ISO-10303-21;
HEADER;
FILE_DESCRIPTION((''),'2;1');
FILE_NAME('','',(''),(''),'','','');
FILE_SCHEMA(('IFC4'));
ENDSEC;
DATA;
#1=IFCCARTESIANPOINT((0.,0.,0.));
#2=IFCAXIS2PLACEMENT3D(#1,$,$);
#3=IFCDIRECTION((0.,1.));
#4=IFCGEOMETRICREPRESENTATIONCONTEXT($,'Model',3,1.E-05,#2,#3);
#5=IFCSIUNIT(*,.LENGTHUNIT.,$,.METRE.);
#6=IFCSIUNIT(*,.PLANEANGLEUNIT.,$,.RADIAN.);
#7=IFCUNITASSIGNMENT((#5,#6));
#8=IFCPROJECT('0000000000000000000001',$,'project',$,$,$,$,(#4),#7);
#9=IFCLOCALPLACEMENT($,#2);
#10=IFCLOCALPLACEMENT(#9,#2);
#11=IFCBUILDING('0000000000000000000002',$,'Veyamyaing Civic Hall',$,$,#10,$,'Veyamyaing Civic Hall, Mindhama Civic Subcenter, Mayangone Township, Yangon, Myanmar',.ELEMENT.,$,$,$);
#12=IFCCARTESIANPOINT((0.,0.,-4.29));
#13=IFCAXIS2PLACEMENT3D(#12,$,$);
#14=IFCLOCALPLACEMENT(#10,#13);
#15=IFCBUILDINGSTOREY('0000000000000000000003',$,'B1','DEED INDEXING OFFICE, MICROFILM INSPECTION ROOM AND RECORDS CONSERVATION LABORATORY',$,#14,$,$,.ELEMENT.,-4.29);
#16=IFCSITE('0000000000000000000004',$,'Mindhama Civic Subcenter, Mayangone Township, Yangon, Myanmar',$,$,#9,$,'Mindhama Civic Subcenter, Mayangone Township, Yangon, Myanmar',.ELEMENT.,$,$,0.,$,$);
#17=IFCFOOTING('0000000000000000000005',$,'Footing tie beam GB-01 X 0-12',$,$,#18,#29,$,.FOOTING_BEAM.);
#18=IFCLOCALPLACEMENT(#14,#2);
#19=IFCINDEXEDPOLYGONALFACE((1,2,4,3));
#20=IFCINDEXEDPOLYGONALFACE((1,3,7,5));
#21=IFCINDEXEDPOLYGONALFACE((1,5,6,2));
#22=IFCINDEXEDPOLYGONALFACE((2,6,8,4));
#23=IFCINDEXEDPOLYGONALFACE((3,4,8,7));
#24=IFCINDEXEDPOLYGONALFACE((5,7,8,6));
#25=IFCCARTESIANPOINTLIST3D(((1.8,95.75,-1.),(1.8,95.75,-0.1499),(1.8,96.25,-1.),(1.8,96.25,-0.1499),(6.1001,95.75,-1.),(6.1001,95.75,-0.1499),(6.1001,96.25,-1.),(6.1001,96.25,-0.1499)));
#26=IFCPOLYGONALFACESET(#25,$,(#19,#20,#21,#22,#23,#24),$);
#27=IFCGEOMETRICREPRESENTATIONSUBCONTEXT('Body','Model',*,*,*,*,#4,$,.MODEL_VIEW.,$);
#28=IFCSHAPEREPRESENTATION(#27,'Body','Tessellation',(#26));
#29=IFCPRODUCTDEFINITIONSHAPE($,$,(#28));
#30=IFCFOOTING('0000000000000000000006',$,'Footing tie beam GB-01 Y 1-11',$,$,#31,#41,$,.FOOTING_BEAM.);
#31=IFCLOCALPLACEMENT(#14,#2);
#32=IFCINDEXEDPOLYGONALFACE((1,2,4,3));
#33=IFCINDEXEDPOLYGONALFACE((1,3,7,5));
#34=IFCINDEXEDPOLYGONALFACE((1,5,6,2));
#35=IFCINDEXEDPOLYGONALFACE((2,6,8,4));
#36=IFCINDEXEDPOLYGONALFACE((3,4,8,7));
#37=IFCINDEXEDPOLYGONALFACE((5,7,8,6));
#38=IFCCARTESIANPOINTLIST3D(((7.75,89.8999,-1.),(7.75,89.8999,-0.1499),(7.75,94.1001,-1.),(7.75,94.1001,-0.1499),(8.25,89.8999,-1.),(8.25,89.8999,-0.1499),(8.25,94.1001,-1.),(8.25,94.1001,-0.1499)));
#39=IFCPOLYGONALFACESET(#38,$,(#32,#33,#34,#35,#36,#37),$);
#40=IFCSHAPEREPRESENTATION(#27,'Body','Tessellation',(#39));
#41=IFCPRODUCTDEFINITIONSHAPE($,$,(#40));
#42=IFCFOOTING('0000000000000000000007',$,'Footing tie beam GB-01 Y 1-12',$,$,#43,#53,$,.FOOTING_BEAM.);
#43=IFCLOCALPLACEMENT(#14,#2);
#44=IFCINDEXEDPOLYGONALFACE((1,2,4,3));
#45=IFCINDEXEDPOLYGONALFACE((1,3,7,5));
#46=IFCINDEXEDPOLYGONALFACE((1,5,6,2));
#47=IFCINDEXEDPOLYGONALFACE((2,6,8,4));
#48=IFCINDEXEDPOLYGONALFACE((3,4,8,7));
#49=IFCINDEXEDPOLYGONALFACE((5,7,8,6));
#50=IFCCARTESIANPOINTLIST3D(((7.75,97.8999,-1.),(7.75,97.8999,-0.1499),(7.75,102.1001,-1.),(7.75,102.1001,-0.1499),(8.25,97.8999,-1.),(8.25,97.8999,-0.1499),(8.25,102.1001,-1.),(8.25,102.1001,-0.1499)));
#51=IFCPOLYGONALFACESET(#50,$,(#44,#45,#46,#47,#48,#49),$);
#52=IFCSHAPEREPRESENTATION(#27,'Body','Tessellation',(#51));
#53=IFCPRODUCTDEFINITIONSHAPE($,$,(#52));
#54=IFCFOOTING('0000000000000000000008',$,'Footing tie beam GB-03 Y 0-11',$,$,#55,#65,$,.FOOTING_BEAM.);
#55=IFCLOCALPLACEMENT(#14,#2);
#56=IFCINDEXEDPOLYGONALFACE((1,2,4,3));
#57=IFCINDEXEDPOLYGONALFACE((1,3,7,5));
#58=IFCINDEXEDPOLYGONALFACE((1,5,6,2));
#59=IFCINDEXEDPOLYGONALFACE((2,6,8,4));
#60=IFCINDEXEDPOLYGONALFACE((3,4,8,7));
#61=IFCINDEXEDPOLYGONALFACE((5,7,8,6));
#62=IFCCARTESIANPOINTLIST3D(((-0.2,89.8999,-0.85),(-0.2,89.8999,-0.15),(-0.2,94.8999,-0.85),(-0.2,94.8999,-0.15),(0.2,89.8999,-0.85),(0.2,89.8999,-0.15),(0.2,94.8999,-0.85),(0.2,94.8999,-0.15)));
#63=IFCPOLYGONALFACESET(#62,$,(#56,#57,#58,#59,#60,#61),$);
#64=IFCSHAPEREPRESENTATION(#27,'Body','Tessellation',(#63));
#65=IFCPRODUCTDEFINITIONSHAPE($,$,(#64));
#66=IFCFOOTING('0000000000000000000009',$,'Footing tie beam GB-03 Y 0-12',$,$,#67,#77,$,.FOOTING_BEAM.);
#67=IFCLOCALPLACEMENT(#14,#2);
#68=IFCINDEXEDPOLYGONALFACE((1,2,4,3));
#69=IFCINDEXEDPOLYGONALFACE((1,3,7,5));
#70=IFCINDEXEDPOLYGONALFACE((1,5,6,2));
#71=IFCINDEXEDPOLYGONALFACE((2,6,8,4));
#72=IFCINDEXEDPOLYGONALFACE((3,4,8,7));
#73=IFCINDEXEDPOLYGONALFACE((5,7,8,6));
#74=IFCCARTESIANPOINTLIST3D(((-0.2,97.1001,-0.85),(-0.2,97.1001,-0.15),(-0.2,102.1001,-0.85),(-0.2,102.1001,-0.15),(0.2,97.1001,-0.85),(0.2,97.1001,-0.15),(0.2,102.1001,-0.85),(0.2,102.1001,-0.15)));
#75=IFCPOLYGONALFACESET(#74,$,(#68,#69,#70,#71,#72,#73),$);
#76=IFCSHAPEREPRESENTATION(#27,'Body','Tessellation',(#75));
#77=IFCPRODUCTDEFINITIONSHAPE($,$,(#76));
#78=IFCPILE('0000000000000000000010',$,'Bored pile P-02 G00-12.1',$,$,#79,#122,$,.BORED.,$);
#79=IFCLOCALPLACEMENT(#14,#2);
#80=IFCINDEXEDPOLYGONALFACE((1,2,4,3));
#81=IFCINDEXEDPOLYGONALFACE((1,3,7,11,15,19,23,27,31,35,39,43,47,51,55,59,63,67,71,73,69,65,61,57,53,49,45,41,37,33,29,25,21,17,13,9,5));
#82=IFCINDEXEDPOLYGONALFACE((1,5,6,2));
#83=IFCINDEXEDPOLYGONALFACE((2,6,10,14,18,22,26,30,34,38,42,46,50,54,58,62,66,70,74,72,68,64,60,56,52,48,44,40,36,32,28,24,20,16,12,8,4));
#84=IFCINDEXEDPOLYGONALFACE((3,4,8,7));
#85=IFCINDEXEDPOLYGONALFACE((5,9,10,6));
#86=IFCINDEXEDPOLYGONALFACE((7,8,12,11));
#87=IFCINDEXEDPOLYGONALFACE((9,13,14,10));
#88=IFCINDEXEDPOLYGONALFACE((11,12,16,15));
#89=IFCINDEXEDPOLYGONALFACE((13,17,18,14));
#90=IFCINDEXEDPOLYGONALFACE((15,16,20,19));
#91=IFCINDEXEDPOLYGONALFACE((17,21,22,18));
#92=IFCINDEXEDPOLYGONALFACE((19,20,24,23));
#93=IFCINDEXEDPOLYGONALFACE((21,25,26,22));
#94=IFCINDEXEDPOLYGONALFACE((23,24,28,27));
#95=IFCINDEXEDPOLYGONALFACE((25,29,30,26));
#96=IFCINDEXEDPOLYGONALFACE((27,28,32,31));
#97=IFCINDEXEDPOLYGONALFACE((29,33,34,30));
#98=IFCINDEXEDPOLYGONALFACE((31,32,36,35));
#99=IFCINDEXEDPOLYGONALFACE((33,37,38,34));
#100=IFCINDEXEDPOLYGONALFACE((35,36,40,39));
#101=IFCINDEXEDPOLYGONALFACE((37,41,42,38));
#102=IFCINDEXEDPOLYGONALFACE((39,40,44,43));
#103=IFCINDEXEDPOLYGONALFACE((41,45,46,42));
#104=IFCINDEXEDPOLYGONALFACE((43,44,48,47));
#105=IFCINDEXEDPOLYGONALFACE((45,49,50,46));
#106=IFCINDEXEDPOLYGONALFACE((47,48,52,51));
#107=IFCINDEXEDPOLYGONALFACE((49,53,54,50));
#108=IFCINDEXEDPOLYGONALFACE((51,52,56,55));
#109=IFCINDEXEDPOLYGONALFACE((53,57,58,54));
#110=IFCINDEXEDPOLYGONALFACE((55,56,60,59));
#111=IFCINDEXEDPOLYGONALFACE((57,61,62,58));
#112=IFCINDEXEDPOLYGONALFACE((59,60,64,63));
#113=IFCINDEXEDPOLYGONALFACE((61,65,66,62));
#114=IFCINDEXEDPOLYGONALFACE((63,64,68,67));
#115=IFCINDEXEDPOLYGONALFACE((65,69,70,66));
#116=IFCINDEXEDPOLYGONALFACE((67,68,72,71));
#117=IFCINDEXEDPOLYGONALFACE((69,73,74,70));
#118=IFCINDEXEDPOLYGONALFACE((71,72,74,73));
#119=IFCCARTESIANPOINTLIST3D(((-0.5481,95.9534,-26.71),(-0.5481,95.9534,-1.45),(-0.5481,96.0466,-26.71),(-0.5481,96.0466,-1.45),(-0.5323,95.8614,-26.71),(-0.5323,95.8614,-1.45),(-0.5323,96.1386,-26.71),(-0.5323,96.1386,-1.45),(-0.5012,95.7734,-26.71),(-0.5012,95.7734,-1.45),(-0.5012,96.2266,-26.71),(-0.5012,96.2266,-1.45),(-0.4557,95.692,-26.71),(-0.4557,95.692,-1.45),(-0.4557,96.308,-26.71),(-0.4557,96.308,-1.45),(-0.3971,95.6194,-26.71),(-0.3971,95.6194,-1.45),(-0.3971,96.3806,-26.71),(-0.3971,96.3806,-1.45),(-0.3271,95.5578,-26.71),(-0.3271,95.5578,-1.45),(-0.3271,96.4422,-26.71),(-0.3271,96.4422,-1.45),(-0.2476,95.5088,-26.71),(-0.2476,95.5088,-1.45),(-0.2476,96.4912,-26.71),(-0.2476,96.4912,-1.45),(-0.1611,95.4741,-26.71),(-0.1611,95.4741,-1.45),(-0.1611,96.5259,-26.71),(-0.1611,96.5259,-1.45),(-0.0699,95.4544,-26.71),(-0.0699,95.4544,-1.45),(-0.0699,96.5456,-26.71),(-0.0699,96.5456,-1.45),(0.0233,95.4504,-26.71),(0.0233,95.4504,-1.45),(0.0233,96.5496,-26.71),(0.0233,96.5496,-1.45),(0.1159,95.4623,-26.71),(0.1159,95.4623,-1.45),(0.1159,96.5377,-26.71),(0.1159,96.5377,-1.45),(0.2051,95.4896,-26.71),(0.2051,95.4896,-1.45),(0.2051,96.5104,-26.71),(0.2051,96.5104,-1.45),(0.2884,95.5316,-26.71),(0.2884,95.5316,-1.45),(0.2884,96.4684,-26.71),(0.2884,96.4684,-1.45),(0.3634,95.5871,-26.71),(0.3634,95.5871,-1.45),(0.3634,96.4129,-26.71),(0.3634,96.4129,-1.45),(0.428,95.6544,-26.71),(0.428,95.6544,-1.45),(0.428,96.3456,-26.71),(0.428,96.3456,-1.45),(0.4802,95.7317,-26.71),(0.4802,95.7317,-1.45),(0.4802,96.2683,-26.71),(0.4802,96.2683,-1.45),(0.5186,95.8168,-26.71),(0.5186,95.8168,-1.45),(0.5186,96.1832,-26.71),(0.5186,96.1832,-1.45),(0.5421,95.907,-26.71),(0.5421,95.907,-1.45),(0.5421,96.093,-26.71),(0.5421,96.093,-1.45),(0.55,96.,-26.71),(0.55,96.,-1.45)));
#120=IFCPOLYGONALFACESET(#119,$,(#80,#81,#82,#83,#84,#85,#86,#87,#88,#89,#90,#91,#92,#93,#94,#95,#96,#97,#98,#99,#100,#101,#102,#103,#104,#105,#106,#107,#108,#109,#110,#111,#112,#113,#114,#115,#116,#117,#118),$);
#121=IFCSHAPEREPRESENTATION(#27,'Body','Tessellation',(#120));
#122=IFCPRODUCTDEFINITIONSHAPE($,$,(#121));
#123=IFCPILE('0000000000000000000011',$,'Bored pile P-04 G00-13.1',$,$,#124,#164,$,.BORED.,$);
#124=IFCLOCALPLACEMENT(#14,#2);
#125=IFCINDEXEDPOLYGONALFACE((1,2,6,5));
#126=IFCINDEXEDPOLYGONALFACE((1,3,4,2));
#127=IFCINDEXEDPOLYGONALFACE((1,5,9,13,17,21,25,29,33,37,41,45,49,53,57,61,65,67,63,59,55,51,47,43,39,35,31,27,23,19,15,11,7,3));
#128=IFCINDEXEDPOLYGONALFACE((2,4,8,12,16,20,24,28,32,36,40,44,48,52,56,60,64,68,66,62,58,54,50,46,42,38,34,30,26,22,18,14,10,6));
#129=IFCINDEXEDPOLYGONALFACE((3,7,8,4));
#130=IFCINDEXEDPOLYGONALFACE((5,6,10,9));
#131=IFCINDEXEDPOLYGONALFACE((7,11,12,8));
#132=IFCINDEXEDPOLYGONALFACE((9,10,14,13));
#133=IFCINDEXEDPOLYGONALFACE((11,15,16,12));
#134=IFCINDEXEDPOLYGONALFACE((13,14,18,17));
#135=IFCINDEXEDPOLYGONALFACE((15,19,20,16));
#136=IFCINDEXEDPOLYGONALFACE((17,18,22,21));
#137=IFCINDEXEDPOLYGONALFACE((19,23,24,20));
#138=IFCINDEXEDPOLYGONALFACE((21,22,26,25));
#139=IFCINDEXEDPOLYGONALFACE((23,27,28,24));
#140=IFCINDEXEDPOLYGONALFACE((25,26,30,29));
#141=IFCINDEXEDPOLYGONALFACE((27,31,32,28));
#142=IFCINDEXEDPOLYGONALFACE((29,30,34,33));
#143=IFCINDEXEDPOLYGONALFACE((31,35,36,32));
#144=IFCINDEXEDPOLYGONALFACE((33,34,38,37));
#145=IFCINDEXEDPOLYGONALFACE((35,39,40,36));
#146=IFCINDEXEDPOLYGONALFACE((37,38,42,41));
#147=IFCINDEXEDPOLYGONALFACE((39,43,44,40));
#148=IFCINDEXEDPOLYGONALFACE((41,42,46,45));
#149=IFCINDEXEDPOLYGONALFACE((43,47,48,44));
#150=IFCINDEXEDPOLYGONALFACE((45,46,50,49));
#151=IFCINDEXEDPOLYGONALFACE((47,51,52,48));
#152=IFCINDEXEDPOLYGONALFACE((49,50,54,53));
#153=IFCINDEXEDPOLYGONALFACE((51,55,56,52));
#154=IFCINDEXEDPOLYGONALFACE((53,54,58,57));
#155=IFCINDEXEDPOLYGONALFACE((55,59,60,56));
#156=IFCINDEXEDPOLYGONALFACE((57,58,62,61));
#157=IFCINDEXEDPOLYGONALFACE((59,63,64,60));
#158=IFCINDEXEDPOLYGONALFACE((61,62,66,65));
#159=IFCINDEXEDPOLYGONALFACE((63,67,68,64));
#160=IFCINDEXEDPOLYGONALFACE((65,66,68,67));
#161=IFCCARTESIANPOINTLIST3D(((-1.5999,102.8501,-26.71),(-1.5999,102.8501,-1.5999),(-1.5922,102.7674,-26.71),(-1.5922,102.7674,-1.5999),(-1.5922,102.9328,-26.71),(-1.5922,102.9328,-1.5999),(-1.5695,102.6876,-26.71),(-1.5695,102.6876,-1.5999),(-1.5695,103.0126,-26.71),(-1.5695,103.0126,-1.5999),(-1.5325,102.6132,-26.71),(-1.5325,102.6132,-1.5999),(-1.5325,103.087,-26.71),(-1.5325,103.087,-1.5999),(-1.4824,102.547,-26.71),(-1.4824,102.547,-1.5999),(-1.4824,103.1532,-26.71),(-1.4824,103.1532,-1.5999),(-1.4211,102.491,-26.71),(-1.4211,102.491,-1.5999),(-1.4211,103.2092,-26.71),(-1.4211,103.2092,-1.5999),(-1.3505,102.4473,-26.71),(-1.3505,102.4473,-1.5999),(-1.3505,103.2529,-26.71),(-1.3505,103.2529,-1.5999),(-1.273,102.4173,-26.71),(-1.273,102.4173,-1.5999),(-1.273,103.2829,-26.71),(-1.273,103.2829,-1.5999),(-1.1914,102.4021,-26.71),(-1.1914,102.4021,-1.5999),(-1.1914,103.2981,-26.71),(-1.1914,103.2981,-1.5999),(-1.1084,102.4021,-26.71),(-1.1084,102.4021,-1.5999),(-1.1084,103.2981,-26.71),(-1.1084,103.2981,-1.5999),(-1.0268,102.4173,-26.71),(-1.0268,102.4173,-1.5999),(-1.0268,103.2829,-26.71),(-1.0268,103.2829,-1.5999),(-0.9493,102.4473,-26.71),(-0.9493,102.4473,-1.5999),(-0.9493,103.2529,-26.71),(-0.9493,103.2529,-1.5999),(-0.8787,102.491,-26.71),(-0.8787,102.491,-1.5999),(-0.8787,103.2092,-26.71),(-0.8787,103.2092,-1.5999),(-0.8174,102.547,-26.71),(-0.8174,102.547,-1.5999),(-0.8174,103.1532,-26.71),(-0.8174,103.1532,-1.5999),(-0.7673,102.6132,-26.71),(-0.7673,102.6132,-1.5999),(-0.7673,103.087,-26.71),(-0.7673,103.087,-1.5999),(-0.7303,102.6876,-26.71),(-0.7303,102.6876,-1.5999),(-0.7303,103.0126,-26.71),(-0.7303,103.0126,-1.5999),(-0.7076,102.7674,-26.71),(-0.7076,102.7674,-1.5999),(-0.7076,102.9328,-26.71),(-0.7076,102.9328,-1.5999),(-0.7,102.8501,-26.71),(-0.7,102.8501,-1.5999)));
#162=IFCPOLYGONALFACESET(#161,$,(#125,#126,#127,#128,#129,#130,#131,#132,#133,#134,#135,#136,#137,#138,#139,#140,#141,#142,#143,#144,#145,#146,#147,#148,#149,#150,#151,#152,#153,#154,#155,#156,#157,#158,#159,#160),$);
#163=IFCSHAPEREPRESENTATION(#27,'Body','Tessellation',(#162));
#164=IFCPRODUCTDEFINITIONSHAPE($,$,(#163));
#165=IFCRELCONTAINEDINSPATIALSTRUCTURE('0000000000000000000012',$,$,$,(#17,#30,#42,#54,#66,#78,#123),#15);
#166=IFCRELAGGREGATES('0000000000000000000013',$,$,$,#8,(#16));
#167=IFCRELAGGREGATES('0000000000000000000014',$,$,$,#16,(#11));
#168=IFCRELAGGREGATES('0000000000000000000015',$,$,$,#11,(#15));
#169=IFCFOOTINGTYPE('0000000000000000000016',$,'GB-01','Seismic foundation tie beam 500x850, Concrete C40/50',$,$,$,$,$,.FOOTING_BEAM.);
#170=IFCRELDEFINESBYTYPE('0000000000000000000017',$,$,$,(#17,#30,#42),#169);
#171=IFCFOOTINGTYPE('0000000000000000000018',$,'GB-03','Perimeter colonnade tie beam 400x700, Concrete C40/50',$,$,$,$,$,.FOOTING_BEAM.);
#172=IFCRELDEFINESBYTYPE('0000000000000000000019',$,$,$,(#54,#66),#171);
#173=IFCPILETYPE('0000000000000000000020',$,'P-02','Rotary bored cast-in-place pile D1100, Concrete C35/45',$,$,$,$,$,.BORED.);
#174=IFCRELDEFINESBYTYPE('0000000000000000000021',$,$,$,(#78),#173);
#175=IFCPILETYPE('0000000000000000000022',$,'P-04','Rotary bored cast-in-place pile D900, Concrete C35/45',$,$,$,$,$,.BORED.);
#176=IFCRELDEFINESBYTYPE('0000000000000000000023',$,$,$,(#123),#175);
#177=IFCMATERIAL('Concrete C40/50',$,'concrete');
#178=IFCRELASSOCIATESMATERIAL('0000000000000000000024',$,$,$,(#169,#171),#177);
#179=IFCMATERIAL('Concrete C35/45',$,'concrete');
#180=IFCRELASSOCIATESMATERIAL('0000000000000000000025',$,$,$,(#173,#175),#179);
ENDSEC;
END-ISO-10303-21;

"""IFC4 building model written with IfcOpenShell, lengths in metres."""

from ifc_helpers import new_model, si_unit, direction, frame, origin, origin_2d, place, context, subcontext, project, spatial, rectangle, circle, extrude, material, material_profile, profile_set, type_object, element, save


model = new_model("IFC4")

# Units and contexts
model_context = context("Model", 3, precision=1e-05, world=origin(), true_north=direction((0.0, 1.0)))
body_context = subcontext(model_context, "Body", "Model", "MODEL_VIEW")
ifc_project = project(units=[si_unit("LENGTHUNIT", "METRE"), si_unit("PLANEANGLEUNIT", "RADIAN")], contexts=[model_context])

# Site, building, storey
site_placement = place(None, origin())
site = spatial("IfcSite", under=ifc_project, at=site_placement, Name="Mindhama Civic Subcenter, Mayangone Township, Yangon, Myanmar", LongName="Mindhama Civic Subcenter, Mayangone Township, Yangon, Myanmar", CompositionType="ELEMENT", RefElevation=0.0)
building_placement = place(site_placement, origin())
building = spatial("IfcBuilding", under=site, at=building_placement, Name="Veyamyaing Civic Hall", LongName="Veyamyaing Civic Hall, Mindhama Civic Subcenter, Mayangone Township, Yangon, Myanmar", CompositionType="ELEMENT")
storey_placement = place(building_placement, frame((0.0, 0.0, -4.29)))
storey = spatial("IfcBuildingStorey", under=building, at=storey_placement, Name="B1", Description="DEED INDEXING OFFICE, MICROFILM INSPECTION ROOM AND RECORDS CONSERVATION LABORATORY", CompositionType="ELEMENT", Elevation=-4.29)

# Footings
ifc_material_1 = material(Name="Concrete C40/50", Category="concrete")
ifc_material_profile_1 = material_profile(ifc_material_1, rectangle(XDim=0.5, YDim=0.8501, at=origin_2d()), Name="GB-500X850")
ifc_profile_set_1 = profile_set([ifc_material_profile_1], Name="Concrete C40/50")
footing_type_1 = type_object("IfcFootingType", Name="GB-01", Description="Seismic foundation tie beam 500x850, Concrete C40/50", PredefinedType="FOOTING_BEAM", material=ifc_profile_set_1)
footing_1_placement = place(storey_placement, frame((1.8, 96.0, -0.575), z_axis=(1.0, 0.0, 0.0), x_axis=(0.0, 1.0, 0.0)))
element("IfcFooting", 1, at=footing_1_placement, inside=storey, type_object=footing_type_1, Name="Footing tie beam GB-01 X 0-12", PredefinedType="FOOTING_BEAM", context=body_context, shape_type="SweptSolid", body=[
    extrude(rectangle(XDim=0.5, YDim=0.8501, at=origin_2d()), origin(), (0.0, 0.0, 1.0), 4.3),
])
for number, where, z_axis, x_axis, name in (
    (2, (8.0, 89.8999, -0.575), (0.0, 1.0, 0.0), (-1.0, 0.0, 0.0), "Footing tie beam GB-01 Y 1-11"),
    (3, (8.0, 97.8999, -0.575), (0.0, 1.0, 0.0), (-1.0, 0.0, 0.0), "Footing tie beam GB-01 Y 1-12"),
):
    element("IfcFooting", number, at=place(storey_placement, frame(where, z_axis=z_axis, x_axis=x_axis)), inside=storey, type_object=footing_type_1, Name=name, PredefinedType="FOOTING_BEAM", context=body_context, shape_type="SweptSolid", body=[
        extrude(rectangle(XDim=0.5, YDim=0.8501, at=origin_2d()), origin(), (0.0, 0.0, 1.0), 4.2002),
    ])
ifc_material_profile_2 = material_profile(ifc_material_1, rectangle(XDim=0.3999, YDim=0.7, at=origin_2d()), Name="GB-400X700")
ifc_profile_set_2 = profile_set([ifc_material_profile_2], Name="Concrete C40/50")
footing_type_2 = type_object("IfcFootingType", Name="GB-03", Description="Perimeter colonnade tie beam 400x700, Concrete C40/50", PredefinedType="FOOTING_BEAM", material=ifc_profile_set_2)
for number, where, z_axis, x_axis, name in (
    (4, (0.0, 89.8999, -0.5), (0.0, 1.0, 0.0), (-1.0, 0.0, 0.0), "Footing tie beam GB-03 Y 0-11"),
    (5, (0.0, 97.1001, -0.5), (0.0, 1.0, 0.0), (-1.0, 0.0, 0.0), "Footing tie beam GB-03 Y 0-12"),
):
    element("IfcFooting", number, at=place(storey_placement, frame(where, z_axis=z_axis, x_axis=x_axis)), inside=storey, type_object=footing_type_2, Name=name, PredefinedType="FOOTING_BEAM", context=body_context, shape_type="SweptSolid", body=[
        extrude(rectangle(XDim=0.3999, YDim=0.7, at=origin_2d()), origin(), (0.0, 0.0, 1.0), 5.0),
    ])

# Piles
ifc_material_2 = material(Name="Concrete C35/45", Category="concrete")
ifc_material_profile_3 = material_profile(ifc_material_2, circle(Radius=0.55, at=origin_2d()), Name="PILE-D1100")
ifc_profile_set_3 = profile_set([ifc_material_profile_3], Name="Concrete C35/45")
pile_type_1 = type_object("IfcPileType", Name="P-02", Description="Rotary bored cast-in-place pile D1100, Concrete C35/45", PredefinedType="BORED", material=ifc_profile_set_3)
pile_1_placement = place(storey_placement, frame((0.0, 96.0, -1.45), z_axis=(0.0, 0.0, -1.0), x_axis=(1.0, 0.0, 0.0)))
element("IfcPile", 6, at=pile_1_placement, inside=storey, type_object=pile_type_1, Name="Bored pile P-02 G00-12.1", PredefinedType="BORED", context=body_context, shape_type="SweptSolid", body=[
    extrude(circle(Radius=0.55, at=origin_2d()), origin(), (0.0, 0.0, 1.0), 25.26),
])
ifc_material_profile_4 = material_profile(ifc_material_2, circle(Radius=0.45, at=origin_2d()), Name="PILE-D900")
ifc_profile_set_4 = profile_set([ifc_material_profile_4], Name="Concrete C35/45")
pile_type_2 = type_object("IfcPileType", Name="P-04", Description="Rotary bored cast-in-place pile D900, Concrete C35/45", PredefinedType="BORED", material=ifc_profile_set_4)
for number, where, z_axis, x_axis, name in (
    (7, (-1.1499, 102.8501, -1.5999), (0.0, 0.0, -1.0), (1.0, 0.0, 0.0), "Bored pile P-04 G00-13.1"),
):
    element("IfcPile", number, at=place(storey_placement, frame(where, z_axis=z_axis, x_axis=x_axis)), inside=storey, type_object=pile_type_2, Name=name, PredefinedType="BORED", context=body_context, shape_type="SweptSolid", body=[
        extrude(circle(Radius=0.45, at=origin_2d()), origin(), (0.0, 0.0, 1.0), 25.1101),
    ])

save(model, "model.ifc")
